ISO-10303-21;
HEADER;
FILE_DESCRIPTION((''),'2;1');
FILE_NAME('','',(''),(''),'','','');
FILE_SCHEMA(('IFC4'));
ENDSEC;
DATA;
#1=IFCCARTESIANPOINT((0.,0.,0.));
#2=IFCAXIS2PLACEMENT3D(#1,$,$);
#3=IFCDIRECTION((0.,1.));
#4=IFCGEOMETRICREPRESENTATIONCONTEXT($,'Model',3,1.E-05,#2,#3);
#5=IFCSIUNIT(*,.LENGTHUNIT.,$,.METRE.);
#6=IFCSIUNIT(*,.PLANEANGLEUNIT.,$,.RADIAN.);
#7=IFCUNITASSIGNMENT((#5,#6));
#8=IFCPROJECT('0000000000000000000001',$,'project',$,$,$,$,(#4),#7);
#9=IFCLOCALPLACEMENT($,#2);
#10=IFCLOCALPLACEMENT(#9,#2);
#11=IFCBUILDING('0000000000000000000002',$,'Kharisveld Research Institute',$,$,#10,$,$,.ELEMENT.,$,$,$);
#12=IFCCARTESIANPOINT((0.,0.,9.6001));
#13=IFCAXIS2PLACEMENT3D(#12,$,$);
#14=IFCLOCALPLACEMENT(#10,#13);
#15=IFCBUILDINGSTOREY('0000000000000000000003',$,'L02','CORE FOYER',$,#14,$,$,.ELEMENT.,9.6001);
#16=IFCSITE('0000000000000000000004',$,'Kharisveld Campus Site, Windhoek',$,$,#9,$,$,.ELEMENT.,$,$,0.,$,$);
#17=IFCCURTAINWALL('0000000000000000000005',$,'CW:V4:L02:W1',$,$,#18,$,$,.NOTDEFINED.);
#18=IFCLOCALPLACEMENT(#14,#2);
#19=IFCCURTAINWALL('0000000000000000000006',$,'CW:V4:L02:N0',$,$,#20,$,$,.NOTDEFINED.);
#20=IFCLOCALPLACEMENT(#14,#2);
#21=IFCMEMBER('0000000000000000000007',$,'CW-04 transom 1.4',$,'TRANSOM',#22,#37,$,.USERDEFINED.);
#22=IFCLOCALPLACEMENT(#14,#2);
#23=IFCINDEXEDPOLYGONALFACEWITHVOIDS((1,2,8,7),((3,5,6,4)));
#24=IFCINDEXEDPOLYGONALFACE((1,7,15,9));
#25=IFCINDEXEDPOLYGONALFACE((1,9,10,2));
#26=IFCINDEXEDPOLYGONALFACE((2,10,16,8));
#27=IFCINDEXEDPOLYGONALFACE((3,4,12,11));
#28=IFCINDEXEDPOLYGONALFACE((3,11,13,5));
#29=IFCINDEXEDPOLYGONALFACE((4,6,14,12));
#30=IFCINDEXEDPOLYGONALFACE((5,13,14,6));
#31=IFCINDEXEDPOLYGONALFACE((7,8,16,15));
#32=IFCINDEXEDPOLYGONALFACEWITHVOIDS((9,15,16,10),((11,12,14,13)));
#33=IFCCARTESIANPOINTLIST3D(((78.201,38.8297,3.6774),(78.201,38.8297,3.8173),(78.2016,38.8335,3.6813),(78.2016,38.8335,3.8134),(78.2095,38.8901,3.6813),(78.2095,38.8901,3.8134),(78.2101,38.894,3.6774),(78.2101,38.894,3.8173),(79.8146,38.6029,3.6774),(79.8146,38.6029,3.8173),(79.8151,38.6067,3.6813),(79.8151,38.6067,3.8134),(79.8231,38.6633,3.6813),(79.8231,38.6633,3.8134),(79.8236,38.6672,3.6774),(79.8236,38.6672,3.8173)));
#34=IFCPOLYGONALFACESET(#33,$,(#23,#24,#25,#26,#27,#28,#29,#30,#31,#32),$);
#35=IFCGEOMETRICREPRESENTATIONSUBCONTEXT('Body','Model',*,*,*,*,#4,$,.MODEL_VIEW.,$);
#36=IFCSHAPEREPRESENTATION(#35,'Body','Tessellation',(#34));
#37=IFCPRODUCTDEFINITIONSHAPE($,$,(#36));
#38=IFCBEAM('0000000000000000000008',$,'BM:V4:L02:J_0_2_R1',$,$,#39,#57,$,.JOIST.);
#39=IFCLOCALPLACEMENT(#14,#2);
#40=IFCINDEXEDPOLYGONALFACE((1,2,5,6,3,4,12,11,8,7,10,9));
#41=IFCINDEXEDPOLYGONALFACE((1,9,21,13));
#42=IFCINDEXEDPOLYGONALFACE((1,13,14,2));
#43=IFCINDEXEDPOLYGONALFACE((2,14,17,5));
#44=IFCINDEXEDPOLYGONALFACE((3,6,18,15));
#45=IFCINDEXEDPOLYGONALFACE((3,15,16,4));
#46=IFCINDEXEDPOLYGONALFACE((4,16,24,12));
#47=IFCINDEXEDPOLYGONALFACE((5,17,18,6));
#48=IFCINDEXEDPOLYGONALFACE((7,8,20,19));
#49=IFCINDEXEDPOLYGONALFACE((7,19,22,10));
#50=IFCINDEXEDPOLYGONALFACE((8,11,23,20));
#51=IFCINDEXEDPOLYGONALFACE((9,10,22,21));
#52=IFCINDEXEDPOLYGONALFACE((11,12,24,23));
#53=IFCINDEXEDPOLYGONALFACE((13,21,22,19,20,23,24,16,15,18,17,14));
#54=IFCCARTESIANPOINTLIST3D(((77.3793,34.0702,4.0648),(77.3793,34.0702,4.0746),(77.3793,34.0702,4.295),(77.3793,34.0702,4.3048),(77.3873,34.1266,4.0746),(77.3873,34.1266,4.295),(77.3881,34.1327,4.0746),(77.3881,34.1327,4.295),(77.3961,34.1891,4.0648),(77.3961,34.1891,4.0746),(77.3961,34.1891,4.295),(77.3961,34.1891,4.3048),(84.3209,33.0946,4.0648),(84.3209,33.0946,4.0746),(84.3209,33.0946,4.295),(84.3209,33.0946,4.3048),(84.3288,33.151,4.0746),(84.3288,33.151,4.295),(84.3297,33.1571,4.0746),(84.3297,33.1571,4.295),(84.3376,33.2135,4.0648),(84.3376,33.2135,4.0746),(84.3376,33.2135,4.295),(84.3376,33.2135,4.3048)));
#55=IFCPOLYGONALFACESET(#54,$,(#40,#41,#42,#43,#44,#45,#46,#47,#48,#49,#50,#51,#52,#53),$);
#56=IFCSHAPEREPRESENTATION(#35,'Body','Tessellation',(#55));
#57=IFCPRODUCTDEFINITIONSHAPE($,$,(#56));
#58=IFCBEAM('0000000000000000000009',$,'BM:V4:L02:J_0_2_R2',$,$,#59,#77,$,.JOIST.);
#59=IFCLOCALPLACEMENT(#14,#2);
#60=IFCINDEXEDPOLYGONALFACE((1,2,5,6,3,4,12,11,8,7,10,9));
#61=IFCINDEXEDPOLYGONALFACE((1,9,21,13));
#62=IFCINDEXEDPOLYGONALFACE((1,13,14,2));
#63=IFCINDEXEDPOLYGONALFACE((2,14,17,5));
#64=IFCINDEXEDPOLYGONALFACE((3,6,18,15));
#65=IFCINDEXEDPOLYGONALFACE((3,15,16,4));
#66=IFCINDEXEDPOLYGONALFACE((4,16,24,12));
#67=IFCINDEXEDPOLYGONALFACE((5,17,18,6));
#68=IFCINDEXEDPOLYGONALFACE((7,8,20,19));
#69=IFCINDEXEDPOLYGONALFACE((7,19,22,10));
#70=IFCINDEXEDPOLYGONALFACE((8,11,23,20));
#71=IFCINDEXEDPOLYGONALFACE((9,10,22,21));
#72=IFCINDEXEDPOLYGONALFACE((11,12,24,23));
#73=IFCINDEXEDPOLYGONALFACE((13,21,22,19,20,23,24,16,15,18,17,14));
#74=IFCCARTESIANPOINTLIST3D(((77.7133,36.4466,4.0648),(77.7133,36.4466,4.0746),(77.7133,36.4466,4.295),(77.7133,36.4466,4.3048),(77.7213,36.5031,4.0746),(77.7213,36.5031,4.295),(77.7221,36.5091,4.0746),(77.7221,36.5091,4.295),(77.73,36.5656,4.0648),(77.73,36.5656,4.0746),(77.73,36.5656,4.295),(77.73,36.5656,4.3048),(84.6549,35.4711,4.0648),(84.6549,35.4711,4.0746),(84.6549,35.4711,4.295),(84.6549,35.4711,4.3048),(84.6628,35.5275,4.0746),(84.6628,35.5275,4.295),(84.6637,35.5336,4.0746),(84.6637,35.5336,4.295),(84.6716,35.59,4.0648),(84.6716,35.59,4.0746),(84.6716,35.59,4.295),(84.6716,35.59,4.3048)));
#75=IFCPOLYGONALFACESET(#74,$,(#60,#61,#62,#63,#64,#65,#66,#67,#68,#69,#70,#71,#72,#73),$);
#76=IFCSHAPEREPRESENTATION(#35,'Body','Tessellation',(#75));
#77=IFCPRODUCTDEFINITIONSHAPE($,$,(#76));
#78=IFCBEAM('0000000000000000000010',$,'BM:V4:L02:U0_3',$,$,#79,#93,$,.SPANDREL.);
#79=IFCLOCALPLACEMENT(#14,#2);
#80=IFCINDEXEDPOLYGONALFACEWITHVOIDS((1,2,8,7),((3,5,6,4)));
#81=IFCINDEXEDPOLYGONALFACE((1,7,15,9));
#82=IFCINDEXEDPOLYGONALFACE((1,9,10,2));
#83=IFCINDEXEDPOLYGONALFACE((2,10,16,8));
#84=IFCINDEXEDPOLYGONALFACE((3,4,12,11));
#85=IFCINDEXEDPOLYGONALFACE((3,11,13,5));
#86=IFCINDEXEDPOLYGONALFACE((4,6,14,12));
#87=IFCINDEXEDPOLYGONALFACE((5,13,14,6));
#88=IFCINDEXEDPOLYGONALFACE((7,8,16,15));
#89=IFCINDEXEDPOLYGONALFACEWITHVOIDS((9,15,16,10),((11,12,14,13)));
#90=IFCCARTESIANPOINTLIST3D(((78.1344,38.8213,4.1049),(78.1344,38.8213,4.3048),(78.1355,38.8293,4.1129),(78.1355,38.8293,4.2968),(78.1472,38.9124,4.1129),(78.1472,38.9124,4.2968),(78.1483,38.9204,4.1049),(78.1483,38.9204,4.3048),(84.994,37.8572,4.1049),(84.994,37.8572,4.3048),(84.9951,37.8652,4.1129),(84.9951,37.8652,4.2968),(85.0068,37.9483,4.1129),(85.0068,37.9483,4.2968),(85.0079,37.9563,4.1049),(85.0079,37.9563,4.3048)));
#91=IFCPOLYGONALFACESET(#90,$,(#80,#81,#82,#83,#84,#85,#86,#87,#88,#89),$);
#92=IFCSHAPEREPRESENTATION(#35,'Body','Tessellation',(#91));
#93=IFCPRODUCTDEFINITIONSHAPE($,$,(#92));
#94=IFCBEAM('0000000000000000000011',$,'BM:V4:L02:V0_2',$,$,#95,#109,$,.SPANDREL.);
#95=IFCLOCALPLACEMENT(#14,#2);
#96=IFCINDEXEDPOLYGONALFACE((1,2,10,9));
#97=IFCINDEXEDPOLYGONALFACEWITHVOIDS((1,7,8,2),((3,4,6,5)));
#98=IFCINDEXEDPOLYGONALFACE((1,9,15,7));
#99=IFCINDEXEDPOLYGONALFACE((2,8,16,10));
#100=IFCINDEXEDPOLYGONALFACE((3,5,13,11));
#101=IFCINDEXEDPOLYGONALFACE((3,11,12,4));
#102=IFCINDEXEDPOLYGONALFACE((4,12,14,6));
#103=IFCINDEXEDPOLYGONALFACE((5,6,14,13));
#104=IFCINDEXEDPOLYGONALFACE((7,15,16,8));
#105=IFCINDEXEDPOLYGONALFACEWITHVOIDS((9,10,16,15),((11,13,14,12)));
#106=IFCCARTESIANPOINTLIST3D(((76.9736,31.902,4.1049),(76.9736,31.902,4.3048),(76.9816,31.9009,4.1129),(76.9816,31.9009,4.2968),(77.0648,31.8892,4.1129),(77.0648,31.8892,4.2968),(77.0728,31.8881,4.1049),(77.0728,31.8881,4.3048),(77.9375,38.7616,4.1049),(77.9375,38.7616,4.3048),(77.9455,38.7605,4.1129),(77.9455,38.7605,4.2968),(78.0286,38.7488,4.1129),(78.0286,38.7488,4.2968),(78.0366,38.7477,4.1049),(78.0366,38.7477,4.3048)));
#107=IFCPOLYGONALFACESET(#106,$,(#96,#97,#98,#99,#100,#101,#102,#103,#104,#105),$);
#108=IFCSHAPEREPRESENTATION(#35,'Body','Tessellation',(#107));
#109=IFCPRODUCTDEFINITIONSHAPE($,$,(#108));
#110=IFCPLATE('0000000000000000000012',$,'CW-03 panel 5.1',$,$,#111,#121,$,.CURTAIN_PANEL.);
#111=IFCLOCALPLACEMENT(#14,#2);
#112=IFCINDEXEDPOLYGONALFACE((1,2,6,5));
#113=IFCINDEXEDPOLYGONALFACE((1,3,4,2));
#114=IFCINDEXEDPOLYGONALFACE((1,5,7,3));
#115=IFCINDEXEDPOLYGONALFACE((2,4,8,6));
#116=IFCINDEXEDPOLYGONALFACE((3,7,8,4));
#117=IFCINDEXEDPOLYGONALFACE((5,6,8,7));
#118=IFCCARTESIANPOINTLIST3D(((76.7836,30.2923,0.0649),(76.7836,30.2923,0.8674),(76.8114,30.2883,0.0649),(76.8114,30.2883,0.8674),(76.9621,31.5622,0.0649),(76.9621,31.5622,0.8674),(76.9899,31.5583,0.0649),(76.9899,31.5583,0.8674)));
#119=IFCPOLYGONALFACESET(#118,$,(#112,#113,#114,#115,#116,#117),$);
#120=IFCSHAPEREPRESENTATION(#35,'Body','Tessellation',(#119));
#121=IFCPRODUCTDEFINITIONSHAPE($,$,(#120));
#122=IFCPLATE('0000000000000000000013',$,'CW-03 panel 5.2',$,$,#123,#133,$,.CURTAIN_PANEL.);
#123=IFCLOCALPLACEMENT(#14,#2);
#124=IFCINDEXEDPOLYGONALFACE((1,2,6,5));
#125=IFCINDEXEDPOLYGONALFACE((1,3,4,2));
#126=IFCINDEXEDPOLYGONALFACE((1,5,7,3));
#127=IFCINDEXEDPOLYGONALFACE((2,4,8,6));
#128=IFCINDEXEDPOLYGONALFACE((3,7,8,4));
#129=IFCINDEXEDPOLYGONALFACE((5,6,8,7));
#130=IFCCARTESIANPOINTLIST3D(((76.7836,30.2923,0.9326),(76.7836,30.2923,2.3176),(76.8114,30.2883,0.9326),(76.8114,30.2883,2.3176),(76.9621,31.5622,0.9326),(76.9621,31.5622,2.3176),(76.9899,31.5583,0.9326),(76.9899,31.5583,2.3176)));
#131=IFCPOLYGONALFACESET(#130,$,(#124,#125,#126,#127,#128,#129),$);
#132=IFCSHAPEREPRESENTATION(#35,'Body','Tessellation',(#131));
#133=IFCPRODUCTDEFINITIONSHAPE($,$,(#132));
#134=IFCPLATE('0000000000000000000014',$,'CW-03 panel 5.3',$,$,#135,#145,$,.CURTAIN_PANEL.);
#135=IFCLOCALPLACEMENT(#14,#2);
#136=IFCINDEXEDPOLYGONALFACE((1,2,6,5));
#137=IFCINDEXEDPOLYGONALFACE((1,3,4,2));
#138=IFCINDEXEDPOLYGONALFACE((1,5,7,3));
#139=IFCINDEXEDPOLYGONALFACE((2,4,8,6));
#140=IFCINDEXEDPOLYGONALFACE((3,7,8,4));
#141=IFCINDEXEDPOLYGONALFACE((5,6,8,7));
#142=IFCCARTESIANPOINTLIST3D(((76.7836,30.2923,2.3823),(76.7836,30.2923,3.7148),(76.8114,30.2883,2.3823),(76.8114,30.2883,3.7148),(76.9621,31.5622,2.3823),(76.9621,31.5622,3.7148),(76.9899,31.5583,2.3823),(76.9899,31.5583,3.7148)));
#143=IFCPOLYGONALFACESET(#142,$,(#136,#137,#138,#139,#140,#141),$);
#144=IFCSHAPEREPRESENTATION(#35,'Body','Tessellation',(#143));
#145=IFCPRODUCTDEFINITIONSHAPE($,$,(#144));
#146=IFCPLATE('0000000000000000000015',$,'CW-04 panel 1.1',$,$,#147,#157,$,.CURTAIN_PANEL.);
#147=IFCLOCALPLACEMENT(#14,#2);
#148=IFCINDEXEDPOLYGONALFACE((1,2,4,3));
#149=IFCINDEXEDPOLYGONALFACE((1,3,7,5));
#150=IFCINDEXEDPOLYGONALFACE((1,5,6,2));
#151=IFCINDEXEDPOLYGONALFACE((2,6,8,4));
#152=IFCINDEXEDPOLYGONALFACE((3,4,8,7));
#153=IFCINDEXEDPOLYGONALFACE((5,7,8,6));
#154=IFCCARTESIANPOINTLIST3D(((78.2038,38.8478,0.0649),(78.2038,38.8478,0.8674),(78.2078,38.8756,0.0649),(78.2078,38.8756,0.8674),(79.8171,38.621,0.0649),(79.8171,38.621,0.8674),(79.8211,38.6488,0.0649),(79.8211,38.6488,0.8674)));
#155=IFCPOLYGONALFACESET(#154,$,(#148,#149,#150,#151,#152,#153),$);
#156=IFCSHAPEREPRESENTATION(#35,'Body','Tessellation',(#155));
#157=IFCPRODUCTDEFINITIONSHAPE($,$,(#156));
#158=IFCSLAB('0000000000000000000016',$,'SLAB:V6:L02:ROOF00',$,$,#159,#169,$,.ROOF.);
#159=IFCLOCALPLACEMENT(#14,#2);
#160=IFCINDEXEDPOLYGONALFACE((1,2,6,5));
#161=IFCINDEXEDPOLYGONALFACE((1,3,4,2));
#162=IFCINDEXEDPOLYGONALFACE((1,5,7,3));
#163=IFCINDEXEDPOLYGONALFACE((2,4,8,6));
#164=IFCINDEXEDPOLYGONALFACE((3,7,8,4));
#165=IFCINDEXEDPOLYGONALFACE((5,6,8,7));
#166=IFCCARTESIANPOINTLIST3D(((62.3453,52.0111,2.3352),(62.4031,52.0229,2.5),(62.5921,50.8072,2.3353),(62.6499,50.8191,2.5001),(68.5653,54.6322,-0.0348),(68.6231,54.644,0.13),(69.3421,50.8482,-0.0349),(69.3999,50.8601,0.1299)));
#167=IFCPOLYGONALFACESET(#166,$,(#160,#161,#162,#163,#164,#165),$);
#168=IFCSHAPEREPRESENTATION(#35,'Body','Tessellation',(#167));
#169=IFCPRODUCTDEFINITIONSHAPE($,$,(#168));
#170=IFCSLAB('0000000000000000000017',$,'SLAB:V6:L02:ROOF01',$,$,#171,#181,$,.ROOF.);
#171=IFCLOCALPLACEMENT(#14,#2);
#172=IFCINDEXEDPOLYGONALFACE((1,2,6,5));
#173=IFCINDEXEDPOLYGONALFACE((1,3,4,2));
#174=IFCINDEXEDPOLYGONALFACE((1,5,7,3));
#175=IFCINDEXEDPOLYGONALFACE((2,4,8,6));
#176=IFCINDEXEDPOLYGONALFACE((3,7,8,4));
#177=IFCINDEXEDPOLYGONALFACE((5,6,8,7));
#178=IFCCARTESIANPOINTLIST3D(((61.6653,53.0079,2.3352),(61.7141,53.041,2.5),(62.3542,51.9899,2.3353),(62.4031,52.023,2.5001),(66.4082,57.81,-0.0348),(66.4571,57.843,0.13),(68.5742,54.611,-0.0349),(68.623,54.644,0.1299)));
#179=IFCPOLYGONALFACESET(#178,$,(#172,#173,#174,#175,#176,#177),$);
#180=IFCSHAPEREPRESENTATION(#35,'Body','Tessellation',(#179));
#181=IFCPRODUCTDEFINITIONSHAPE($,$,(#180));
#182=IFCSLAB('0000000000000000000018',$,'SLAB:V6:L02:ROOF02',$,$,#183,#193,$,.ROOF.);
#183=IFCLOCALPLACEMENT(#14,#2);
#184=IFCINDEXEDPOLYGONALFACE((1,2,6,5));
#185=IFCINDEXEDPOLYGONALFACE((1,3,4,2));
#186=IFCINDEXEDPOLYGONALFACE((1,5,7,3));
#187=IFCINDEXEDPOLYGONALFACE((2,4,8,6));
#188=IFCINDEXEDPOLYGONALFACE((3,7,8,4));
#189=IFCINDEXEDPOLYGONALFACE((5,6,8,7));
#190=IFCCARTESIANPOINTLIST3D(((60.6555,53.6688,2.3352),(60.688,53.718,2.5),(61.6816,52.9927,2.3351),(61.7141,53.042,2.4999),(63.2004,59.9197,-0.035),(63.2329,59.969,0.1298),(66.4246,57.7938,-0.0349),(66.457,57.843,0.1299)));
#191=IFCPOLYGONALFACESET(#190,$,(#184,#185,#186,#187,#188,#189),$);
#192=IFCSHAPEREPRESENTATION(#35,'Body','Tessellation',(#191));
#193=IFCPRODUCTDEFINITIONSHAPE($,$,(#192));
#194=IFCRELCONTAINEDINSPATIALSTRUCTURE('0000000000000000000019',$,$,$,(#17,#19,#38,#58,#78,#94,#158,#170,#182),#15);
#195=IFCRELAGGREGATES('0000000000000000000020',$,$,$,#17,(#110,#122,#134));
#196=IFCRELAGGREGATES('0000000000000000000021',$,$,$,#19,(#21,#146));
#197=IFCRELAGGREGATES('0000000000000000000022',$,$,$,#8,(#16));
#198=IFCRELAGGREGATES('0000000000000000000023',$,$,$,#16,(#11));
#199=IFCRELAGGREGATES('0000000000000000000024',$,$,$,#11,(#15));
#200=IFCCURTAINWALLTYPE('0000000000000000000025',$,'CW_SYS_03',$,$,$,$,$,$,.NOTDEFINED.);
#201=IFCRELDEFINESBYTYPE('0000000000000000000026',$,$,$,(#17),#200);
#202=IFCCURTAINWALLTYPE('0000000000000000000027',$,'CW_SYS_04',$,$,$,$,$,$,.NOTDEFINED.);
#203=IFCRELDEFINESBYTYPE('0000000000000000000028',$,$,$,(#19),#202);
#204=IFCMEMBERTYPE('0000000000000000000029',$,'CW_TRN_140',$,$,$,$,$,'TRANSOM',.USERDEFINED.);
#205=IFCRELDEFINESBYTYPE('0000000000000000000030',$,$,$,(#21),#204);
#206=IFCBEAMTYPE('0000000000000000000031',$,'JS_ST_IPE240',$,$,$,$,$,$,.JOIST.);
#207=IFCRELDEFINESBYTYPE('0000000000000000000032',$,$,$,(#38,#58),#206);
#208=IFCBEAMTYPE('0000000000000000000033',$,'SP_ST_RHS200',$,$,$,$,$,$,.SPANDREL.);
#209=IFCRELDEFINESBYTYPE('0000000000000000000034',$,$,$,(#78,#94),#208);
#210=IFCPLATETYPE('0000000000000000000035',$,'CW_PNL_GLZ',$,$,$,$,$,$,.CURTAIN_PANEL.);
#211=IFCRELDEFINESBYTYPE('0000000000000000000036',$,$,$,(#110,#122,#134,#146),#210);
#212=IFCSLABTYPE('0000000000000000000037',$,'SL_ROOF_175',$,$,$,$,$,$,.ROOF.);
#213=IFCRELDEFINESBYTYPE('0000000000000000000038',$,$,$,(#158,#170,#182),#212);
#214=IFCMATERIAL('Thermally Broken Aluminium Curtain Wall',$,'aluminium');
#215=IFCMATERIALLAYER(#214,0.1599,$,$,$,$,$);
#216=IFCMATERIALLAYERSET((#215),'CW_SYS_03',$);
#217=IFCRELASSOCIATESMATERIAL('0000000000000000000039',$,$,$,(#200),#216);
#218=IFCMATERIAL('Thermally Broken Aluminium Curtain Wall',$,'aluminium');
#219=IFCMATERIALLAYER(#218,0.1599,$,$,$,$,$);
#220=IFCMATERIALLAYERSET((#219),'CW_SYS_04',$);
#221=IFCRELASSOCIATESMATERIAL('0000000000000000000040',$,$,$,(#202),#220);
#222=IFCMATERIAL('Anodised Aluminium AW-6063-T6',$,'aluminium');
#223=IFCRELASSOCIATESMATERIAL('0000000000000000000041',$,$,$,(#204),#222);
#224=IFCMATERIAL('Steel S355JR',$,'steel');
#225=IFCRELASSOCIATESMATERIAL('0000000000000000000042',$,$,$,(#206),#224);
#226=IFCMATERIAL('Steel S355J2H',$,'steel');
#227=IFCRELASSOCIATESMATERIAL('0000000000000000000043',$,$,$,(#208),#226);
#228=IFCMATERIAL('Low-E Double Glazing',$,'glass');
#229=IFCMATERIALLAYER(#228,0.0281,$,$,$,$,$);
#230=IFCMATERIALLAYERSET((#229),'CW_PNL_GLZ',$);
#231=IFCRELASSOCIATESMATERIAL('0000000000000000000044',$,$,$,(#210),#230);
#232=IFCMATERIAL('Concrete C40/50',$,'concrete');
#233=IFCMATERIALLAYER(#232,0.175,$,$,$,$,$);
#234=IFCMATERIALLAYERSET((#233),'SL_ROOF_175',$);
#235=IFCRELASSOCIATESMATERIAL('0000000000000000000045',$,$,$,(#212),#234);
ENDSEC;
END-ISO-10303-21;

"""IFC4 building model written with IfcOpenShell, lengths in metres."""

from ifc_helpers import new_model, si_unit, direction, frame, origin, origin_2d, place, context, subcontext, project, spatial, polyline, rectangle, hollow_rectangle, i_section, outline, extrude, material, layer, layer_set, material_profile, profile_set, type_object, element, aggregate, save


model = new_model("IFC4")

# Units and contexts
model_context = context("Model", 3, precision=1e-05, world=origin(), true_north=direction((0.0, 1.0)))
body_context = subcontext(model_context, "Body", "Model", "MODEL_VIEW")
ifc_project = project(units=[si_unit("LENGTHUNIT", "METRE"), si_unit("PLANEANGLEUNIT", "RADIAN")], contexts=[model_context])

# Site, building, storey
site_placement = place(None, origin())
site = spatial("IfcSite", under=ifc_project, at=site_placement, Name="Kharisveld Campus Site, Windhoek", CompositionType="ELEMENT", RefElevation=0.0)
building_placement = place(site_placement, origin())
building = spatial("IfcBuilding", under=site, at=building_placement, Name="Kharisveld Research Institute", CompositionType="ELEMENT")
storey_placement = place(building_placement, frame((0.0, 0.0, 9.6001)))
storey = spatial("IfcBuildingStorey", under=building, at=storey_placement, Name="L02", Description="CORE FOYER", CompositionType="ELEMENT", Elevation=9.6001)

# Curtain wall
ifc_material_1 = material(Name="Thermally Broken Aluminium Curtain Wall", Category="aluminium")
ifc_layer_1 = layer(ifc_material_1, 0.1599)
ifc_layer_set_1 = layer_set([ifc_layer_1], Name="CW_SYS_03")
curtain_wall_type_1 = type_object("IfcCurtainWallType", Name="CW_SYS_03", PredefinedType="NOTDEFINED", material=ifc_layer_set_1)
curtain_wall_1_placement = place(storey_placement, origin())
curtain_wall_1 = element("IfcCurtainWall", 1, at=curtain_wall_1_placement, inside=storey, type_object=curtain_wall_type_1, Name="CW:V4:L02:W1", PredefinedType="NOTDEFINED")

# Curtain wall, member
ifc_material_2 = material(Name="Thermally Broken Aluminium Curtain Wall", Category="aluminium")
ifc_layer_2 = layer(ifc_material_2, 0.1599)
ifc_layer_set_2 = layer_set([ifc_layer_2], Name="CW_SYS_04")
curtain_wall_type_2 = type_object("IfcCurtainWallType", Name="CW_SYS_04", PredefinedType="NOTDEFINED", material=ifc_layer_set_2)
curtain_wall_2_placement = place(storey_placement, origin())
curtain_wall_2 = element("IfcCurtainWall", 2, at=curtain_wall_2_placement, inside=storey, type_object=curtain_wall_type_2, Name="CW:V4:L02:N0", PredefinedType="NOTDEFINED")
ifc_material_3 = material(Name="Anodised Aluminium AW-6063-T6", Category="aluminium")
ifc_material_profile_1 = material_profile(ifc_material_3, hollow_rectangle(XDim=0.0649, YDim=0.1399, WallThickness=0.0039, at=origin_2d()))
ifc_profile_set_1 = profile_set([ifc_material_profile_1], Name="Anodised Aluminium AW-6063-T6")
member_type_1 = type_object("IfcMemberType", Name="CW_TRN_140", ElementType="TRANSOM", PredefinedType="USERDEFINED", material=ifc_profile_set_1)
member_1_placement = place(storey_placement, frame((78.2056, 38.8618, 3.7473), z_axis=(0.990265, -0.139197, 0.0), x_axis=(0.139197, 0.990265, 0.0)))
member_1 = element("IfcMember", 3, at=member_1_placement, type_object=member_type_1, Name="CW-04 transom 1.4", ObjectType="TRANSOM", PredefinedType="USERDEFINED", context=body_context, shape_type="SweptSolid", body=[
    extrude(hollow_rectangle(XDim=0.0649, YDim=0.1399, WallThickness=0.0039, at=origin_2d()), origin(), (0.0, 0.0, 1.0), 1.6294),
])

# Beams
ifc_material_4 = material(Name="Steel S355JR", Category="steel")
ifc_material_profile_2 = material_profile(ifc_material_4, i_section(OverallWidth=0.1201, OverallDepth=0.24, WebThickness=0.0061, FlangeThickness=0.0098, at=origin_2d()))
ifc_profile_set_2 = profile_set([ifc_material_profile_2], Name="Steel S355JR")
beam_type_1 = type_object("IfcBeamType", Name="JS_ST_IPE240", PredefinedType="JOIST", material=ifc_profile_set_2)
for number, where, z_axis, x_axis, name in (
    (4, (77.3877, 34.1296, 4.1848), (0.990268, -0.139173, 0.0), (0.139173, 0.990268, 0.0), "BM:V4:L02:J_0_2_R1"),
    (5, (77.7217, 36.5061, 4.1848), (0.990268, -0.139173, 0.0), (0.139173, 0.990268, 0.0), "BM:V4:L02:J_0_2_R2"),
):
    element("IfcBeam", number, at=place(storey_placement, frame(where, z_axis=z_axis, x_axis=x_axis)), inside=storey, type_object=beam_type_1, Name=name, PredefinedType="JOIST", context=body_context, shape_type="SweptSolid", body=[
        extrude(i_section(OverallWidth=0.1201, OverallDepth=0.24, WebThickness=0.0061, FlangeThickness=0.0098, at=origin_2d()), origin(), (0.0, 0.0, 1.0), 7.0098),
    ])
ifc_material_5 = material(Name="Steel S355J2H", Category="steel")
ifc_material_profile_3 = material_profile(ifc_material_5, hollow_rectangle(XDim=0.1001, YDim=0.2, WallThickness=0.0081, at=origin_2d()))
ifc_profile_set_3 = profile_set([ifc_material_profile_3], Name="Steel S355J2H")
beam_type_2 = type_object("IfcBeamType", Name="SP_ST_RHS200", PredefinedType="SPANDREL", material=ifc_profile_set_3)
for number, where, z_axis, x_axis, name in (
    (6, (78.1414, 38.8708, 4.2048), (0.990267, -0.139181, 0.0), (0.139181, 0.990267, 0.0), "BM:V4:L02:U0_3"),
    (7, (77.0232, 31.895, 4.2048), (0.139146, 0.990272, 0.0), (-0.990272, 0.139146, 0.0), "BM:V4:L02:V0_2"),
):
    element("IfcBeam", number, at=place(storey_placement, frame(where, z_axis=z_axis, x_axis=x_axis)), inside=storey, type_object=beam_type_2, Name=name, PredefinedType="SPANDREL", context=body_context, shape_type="SweptSolid", body=[
        extrude(hollow_rectangle(XDim=0.1001, YDim=0.2, WallThickness=0.0081, at=origin_2d()), origin(), (0.0, 0.0, 1.0), 6.927),
    ])

# Plates
ifc_material_6 = material(Name="Low-E Double Glazing", Category="glass")
ifc_layer_3 = layer(ifc_material_6, 0.0281)
ifc_layer_set_3 = layer_set([ifc_layer_3], Name="CW_PNL_GLZ")
plate_type = type_object("IfcPlateType", Name="CW_PNL_GLZ", PredefinedType="CURTAIN_PANEL", material=ifc_layer_set_3)
plate_1_placement = place(storey_placement, frame((76.8867, 30.9253, 0.0649), z_axis=(0.0, 0.0, 1.0), x_axis=(0.139173, 0.990268, 0.0)))
plate_1 = element("IfcPlate", 8, at=plate_1_placement, type_object=plate_type, Name="CW-03 panel 5.1", PredefinedType="CURTAIN_PANEL", context=body_context, shape_type="SweptSolid", body=[
    extrude(rectangle(XDim=1.2825, YDim=0.0281, at=origin_2d()), origin(), (0.0, 0.0, 1.0), 0.8025),
])
plate_2_placement = place(storey_placement, frame((76.8867, 30.9253, 0.9326), z_axis=(0.0, 0.0, 1.0), x_axis=(0.139173, 0.990268, 0.0)))
plate_2 = element("IfcPlate", 9, at=plate_2_placement, type_object=plate_type, Name="CW-03 panel 5.2", PredefinedType="CURTAIN_PANEL", context=body_context, shape_type="SweptSolid", body=[
    extrude(rectangle(XDim=1.2825, YDim=0.0281, at=origin_2d()), origin(), (0.0, 0.0, 1.0), 1.385),
])
plate_3_placement = place(storey_placement, frame((76.8867, 30.9253, 2.3823), z_axis=(0.0, 0.0, 1.0), x_axis=(0.139173, 0.990268, 0.0)))
plate_3 = element("IfcPlate", 10, at=plate_3_placement, type_object=plate_type, Name="CW-03 panel 5.3", PredefinedType="CURTAIN_PANEL", context=body_context, shape_type="SweptSolid", body=[
    extrude(rectangle(XDim=1.2825, YDim=0.0281, at=origin_2d()), origin(), (0.0, 0.0, 1.0), 1.3325),
])
aggregate(curtain_wall_1, [plate_1, plate_2, plate_3])
plate_4_placement = place(storey_placement, frame((79.0125, 38.7483, 0.0649), z_axis=(0.0, 0.0, 1.0), x_axis=(0.990268, -0.139173, 0.0)))
plate_4 = element("IfcPlate", 11, at=plate_4_placement, type_object=plate_type, Name="CW-04 panel 1.1", PredefinedType="CURTAIN_PANEL", context=body_context, shape_type="SweptSolid", body=[
    extrude(rectangle(XDim=1.6292, YDim=0.0281, at=origin_2d()), origin(), (0.0, 0.0, 1.0), 0.8025),
])
aggregate(curtain_wall_2, [member_1, plate_4])

# Slabs
ifc_material_7 = material(Name="Concrete C40/50", Category="concrete")
ifc_layer_4 = layer(ifc_material_7, 0.175)
ifc_layer_set_4 = layer_set([ifc_layer_4], Name="SL_ROOF_175")
slab_type = type_object("IfcSlabType", Name="SL_ROOF_175", PredefinedType="ROOF", material=ifc_layer_set_4)
slab_1_placement = place(storey_placement, frame((69.3999, 50.8601, 0.1299), z_axis=(0.330182, 0.067766, 0.941482), x_axis=(-0.201102, 0.97957, 0.00002)))
element("IfcSlab", 12, at=slab_1_placement, inside=storey, type_object=slab_type, Name="SLAB:V6:L02:ROOF00", PredefinedType="ROOF", context=body_context, shape_type="SweptSolid", body=[
    extrude(outline(polyline([(0.0, 0.0), (3.8629, 0.0), (2.5462, 7.0315), (1.3173, 7.0318), (0.0, 0.0)])), origin(), (0.0, 0.0, -1.0), 0.175),
])
slab_2_placement = place(storey_placement, frame((68.623, 54.644, 0.1299), z_axis=(0.279128, 0.188973, 0.941476), x_axis=(-0.56066, 0.828046, 0.000019)))
element("IfcSlab", 13, at=slab_2_placement, inside=storey, type_object=slab_type, Name="SLAB:V6:L02:ROOF01", PredefinedType="ROOF", context=body_context, shape_type="SweptSolid", body=[
    extrude(outline(polyline([(0.0, 0.0), (3.8633, 0.0), (2.5462, 7.0312), (1.3169, 7.0314), (0.0, 0.0)])), origin(), (0.0, 0.0, -1.0), 0.175),
])
slab_3_placement = place(storey_placement, frame((66.457, 57.843, 0.1299), z_axis=(0.185546, 0.281447, 0.941467), x_axis=(-0.834847, 0.550482, -0.000031)))
element("IfcSlab", 14, at=slab_3_placement, inside=storey, type_object=slab_type, Name="SLAB:V6:L02:ROOF02", PredefinedType="ROOF", context=body_context, shape_type="SweptSolid", body=[
    extrude(outline(polyline([(0.0, 0.0), (3.862, 0.0), (2.5455, 7.031), (1.3167, 7.0306), (0.0, 0.0)])), origin(), (0.0, 0.0, -1.0), 0.175),
])

save(model, "model.ifc")
